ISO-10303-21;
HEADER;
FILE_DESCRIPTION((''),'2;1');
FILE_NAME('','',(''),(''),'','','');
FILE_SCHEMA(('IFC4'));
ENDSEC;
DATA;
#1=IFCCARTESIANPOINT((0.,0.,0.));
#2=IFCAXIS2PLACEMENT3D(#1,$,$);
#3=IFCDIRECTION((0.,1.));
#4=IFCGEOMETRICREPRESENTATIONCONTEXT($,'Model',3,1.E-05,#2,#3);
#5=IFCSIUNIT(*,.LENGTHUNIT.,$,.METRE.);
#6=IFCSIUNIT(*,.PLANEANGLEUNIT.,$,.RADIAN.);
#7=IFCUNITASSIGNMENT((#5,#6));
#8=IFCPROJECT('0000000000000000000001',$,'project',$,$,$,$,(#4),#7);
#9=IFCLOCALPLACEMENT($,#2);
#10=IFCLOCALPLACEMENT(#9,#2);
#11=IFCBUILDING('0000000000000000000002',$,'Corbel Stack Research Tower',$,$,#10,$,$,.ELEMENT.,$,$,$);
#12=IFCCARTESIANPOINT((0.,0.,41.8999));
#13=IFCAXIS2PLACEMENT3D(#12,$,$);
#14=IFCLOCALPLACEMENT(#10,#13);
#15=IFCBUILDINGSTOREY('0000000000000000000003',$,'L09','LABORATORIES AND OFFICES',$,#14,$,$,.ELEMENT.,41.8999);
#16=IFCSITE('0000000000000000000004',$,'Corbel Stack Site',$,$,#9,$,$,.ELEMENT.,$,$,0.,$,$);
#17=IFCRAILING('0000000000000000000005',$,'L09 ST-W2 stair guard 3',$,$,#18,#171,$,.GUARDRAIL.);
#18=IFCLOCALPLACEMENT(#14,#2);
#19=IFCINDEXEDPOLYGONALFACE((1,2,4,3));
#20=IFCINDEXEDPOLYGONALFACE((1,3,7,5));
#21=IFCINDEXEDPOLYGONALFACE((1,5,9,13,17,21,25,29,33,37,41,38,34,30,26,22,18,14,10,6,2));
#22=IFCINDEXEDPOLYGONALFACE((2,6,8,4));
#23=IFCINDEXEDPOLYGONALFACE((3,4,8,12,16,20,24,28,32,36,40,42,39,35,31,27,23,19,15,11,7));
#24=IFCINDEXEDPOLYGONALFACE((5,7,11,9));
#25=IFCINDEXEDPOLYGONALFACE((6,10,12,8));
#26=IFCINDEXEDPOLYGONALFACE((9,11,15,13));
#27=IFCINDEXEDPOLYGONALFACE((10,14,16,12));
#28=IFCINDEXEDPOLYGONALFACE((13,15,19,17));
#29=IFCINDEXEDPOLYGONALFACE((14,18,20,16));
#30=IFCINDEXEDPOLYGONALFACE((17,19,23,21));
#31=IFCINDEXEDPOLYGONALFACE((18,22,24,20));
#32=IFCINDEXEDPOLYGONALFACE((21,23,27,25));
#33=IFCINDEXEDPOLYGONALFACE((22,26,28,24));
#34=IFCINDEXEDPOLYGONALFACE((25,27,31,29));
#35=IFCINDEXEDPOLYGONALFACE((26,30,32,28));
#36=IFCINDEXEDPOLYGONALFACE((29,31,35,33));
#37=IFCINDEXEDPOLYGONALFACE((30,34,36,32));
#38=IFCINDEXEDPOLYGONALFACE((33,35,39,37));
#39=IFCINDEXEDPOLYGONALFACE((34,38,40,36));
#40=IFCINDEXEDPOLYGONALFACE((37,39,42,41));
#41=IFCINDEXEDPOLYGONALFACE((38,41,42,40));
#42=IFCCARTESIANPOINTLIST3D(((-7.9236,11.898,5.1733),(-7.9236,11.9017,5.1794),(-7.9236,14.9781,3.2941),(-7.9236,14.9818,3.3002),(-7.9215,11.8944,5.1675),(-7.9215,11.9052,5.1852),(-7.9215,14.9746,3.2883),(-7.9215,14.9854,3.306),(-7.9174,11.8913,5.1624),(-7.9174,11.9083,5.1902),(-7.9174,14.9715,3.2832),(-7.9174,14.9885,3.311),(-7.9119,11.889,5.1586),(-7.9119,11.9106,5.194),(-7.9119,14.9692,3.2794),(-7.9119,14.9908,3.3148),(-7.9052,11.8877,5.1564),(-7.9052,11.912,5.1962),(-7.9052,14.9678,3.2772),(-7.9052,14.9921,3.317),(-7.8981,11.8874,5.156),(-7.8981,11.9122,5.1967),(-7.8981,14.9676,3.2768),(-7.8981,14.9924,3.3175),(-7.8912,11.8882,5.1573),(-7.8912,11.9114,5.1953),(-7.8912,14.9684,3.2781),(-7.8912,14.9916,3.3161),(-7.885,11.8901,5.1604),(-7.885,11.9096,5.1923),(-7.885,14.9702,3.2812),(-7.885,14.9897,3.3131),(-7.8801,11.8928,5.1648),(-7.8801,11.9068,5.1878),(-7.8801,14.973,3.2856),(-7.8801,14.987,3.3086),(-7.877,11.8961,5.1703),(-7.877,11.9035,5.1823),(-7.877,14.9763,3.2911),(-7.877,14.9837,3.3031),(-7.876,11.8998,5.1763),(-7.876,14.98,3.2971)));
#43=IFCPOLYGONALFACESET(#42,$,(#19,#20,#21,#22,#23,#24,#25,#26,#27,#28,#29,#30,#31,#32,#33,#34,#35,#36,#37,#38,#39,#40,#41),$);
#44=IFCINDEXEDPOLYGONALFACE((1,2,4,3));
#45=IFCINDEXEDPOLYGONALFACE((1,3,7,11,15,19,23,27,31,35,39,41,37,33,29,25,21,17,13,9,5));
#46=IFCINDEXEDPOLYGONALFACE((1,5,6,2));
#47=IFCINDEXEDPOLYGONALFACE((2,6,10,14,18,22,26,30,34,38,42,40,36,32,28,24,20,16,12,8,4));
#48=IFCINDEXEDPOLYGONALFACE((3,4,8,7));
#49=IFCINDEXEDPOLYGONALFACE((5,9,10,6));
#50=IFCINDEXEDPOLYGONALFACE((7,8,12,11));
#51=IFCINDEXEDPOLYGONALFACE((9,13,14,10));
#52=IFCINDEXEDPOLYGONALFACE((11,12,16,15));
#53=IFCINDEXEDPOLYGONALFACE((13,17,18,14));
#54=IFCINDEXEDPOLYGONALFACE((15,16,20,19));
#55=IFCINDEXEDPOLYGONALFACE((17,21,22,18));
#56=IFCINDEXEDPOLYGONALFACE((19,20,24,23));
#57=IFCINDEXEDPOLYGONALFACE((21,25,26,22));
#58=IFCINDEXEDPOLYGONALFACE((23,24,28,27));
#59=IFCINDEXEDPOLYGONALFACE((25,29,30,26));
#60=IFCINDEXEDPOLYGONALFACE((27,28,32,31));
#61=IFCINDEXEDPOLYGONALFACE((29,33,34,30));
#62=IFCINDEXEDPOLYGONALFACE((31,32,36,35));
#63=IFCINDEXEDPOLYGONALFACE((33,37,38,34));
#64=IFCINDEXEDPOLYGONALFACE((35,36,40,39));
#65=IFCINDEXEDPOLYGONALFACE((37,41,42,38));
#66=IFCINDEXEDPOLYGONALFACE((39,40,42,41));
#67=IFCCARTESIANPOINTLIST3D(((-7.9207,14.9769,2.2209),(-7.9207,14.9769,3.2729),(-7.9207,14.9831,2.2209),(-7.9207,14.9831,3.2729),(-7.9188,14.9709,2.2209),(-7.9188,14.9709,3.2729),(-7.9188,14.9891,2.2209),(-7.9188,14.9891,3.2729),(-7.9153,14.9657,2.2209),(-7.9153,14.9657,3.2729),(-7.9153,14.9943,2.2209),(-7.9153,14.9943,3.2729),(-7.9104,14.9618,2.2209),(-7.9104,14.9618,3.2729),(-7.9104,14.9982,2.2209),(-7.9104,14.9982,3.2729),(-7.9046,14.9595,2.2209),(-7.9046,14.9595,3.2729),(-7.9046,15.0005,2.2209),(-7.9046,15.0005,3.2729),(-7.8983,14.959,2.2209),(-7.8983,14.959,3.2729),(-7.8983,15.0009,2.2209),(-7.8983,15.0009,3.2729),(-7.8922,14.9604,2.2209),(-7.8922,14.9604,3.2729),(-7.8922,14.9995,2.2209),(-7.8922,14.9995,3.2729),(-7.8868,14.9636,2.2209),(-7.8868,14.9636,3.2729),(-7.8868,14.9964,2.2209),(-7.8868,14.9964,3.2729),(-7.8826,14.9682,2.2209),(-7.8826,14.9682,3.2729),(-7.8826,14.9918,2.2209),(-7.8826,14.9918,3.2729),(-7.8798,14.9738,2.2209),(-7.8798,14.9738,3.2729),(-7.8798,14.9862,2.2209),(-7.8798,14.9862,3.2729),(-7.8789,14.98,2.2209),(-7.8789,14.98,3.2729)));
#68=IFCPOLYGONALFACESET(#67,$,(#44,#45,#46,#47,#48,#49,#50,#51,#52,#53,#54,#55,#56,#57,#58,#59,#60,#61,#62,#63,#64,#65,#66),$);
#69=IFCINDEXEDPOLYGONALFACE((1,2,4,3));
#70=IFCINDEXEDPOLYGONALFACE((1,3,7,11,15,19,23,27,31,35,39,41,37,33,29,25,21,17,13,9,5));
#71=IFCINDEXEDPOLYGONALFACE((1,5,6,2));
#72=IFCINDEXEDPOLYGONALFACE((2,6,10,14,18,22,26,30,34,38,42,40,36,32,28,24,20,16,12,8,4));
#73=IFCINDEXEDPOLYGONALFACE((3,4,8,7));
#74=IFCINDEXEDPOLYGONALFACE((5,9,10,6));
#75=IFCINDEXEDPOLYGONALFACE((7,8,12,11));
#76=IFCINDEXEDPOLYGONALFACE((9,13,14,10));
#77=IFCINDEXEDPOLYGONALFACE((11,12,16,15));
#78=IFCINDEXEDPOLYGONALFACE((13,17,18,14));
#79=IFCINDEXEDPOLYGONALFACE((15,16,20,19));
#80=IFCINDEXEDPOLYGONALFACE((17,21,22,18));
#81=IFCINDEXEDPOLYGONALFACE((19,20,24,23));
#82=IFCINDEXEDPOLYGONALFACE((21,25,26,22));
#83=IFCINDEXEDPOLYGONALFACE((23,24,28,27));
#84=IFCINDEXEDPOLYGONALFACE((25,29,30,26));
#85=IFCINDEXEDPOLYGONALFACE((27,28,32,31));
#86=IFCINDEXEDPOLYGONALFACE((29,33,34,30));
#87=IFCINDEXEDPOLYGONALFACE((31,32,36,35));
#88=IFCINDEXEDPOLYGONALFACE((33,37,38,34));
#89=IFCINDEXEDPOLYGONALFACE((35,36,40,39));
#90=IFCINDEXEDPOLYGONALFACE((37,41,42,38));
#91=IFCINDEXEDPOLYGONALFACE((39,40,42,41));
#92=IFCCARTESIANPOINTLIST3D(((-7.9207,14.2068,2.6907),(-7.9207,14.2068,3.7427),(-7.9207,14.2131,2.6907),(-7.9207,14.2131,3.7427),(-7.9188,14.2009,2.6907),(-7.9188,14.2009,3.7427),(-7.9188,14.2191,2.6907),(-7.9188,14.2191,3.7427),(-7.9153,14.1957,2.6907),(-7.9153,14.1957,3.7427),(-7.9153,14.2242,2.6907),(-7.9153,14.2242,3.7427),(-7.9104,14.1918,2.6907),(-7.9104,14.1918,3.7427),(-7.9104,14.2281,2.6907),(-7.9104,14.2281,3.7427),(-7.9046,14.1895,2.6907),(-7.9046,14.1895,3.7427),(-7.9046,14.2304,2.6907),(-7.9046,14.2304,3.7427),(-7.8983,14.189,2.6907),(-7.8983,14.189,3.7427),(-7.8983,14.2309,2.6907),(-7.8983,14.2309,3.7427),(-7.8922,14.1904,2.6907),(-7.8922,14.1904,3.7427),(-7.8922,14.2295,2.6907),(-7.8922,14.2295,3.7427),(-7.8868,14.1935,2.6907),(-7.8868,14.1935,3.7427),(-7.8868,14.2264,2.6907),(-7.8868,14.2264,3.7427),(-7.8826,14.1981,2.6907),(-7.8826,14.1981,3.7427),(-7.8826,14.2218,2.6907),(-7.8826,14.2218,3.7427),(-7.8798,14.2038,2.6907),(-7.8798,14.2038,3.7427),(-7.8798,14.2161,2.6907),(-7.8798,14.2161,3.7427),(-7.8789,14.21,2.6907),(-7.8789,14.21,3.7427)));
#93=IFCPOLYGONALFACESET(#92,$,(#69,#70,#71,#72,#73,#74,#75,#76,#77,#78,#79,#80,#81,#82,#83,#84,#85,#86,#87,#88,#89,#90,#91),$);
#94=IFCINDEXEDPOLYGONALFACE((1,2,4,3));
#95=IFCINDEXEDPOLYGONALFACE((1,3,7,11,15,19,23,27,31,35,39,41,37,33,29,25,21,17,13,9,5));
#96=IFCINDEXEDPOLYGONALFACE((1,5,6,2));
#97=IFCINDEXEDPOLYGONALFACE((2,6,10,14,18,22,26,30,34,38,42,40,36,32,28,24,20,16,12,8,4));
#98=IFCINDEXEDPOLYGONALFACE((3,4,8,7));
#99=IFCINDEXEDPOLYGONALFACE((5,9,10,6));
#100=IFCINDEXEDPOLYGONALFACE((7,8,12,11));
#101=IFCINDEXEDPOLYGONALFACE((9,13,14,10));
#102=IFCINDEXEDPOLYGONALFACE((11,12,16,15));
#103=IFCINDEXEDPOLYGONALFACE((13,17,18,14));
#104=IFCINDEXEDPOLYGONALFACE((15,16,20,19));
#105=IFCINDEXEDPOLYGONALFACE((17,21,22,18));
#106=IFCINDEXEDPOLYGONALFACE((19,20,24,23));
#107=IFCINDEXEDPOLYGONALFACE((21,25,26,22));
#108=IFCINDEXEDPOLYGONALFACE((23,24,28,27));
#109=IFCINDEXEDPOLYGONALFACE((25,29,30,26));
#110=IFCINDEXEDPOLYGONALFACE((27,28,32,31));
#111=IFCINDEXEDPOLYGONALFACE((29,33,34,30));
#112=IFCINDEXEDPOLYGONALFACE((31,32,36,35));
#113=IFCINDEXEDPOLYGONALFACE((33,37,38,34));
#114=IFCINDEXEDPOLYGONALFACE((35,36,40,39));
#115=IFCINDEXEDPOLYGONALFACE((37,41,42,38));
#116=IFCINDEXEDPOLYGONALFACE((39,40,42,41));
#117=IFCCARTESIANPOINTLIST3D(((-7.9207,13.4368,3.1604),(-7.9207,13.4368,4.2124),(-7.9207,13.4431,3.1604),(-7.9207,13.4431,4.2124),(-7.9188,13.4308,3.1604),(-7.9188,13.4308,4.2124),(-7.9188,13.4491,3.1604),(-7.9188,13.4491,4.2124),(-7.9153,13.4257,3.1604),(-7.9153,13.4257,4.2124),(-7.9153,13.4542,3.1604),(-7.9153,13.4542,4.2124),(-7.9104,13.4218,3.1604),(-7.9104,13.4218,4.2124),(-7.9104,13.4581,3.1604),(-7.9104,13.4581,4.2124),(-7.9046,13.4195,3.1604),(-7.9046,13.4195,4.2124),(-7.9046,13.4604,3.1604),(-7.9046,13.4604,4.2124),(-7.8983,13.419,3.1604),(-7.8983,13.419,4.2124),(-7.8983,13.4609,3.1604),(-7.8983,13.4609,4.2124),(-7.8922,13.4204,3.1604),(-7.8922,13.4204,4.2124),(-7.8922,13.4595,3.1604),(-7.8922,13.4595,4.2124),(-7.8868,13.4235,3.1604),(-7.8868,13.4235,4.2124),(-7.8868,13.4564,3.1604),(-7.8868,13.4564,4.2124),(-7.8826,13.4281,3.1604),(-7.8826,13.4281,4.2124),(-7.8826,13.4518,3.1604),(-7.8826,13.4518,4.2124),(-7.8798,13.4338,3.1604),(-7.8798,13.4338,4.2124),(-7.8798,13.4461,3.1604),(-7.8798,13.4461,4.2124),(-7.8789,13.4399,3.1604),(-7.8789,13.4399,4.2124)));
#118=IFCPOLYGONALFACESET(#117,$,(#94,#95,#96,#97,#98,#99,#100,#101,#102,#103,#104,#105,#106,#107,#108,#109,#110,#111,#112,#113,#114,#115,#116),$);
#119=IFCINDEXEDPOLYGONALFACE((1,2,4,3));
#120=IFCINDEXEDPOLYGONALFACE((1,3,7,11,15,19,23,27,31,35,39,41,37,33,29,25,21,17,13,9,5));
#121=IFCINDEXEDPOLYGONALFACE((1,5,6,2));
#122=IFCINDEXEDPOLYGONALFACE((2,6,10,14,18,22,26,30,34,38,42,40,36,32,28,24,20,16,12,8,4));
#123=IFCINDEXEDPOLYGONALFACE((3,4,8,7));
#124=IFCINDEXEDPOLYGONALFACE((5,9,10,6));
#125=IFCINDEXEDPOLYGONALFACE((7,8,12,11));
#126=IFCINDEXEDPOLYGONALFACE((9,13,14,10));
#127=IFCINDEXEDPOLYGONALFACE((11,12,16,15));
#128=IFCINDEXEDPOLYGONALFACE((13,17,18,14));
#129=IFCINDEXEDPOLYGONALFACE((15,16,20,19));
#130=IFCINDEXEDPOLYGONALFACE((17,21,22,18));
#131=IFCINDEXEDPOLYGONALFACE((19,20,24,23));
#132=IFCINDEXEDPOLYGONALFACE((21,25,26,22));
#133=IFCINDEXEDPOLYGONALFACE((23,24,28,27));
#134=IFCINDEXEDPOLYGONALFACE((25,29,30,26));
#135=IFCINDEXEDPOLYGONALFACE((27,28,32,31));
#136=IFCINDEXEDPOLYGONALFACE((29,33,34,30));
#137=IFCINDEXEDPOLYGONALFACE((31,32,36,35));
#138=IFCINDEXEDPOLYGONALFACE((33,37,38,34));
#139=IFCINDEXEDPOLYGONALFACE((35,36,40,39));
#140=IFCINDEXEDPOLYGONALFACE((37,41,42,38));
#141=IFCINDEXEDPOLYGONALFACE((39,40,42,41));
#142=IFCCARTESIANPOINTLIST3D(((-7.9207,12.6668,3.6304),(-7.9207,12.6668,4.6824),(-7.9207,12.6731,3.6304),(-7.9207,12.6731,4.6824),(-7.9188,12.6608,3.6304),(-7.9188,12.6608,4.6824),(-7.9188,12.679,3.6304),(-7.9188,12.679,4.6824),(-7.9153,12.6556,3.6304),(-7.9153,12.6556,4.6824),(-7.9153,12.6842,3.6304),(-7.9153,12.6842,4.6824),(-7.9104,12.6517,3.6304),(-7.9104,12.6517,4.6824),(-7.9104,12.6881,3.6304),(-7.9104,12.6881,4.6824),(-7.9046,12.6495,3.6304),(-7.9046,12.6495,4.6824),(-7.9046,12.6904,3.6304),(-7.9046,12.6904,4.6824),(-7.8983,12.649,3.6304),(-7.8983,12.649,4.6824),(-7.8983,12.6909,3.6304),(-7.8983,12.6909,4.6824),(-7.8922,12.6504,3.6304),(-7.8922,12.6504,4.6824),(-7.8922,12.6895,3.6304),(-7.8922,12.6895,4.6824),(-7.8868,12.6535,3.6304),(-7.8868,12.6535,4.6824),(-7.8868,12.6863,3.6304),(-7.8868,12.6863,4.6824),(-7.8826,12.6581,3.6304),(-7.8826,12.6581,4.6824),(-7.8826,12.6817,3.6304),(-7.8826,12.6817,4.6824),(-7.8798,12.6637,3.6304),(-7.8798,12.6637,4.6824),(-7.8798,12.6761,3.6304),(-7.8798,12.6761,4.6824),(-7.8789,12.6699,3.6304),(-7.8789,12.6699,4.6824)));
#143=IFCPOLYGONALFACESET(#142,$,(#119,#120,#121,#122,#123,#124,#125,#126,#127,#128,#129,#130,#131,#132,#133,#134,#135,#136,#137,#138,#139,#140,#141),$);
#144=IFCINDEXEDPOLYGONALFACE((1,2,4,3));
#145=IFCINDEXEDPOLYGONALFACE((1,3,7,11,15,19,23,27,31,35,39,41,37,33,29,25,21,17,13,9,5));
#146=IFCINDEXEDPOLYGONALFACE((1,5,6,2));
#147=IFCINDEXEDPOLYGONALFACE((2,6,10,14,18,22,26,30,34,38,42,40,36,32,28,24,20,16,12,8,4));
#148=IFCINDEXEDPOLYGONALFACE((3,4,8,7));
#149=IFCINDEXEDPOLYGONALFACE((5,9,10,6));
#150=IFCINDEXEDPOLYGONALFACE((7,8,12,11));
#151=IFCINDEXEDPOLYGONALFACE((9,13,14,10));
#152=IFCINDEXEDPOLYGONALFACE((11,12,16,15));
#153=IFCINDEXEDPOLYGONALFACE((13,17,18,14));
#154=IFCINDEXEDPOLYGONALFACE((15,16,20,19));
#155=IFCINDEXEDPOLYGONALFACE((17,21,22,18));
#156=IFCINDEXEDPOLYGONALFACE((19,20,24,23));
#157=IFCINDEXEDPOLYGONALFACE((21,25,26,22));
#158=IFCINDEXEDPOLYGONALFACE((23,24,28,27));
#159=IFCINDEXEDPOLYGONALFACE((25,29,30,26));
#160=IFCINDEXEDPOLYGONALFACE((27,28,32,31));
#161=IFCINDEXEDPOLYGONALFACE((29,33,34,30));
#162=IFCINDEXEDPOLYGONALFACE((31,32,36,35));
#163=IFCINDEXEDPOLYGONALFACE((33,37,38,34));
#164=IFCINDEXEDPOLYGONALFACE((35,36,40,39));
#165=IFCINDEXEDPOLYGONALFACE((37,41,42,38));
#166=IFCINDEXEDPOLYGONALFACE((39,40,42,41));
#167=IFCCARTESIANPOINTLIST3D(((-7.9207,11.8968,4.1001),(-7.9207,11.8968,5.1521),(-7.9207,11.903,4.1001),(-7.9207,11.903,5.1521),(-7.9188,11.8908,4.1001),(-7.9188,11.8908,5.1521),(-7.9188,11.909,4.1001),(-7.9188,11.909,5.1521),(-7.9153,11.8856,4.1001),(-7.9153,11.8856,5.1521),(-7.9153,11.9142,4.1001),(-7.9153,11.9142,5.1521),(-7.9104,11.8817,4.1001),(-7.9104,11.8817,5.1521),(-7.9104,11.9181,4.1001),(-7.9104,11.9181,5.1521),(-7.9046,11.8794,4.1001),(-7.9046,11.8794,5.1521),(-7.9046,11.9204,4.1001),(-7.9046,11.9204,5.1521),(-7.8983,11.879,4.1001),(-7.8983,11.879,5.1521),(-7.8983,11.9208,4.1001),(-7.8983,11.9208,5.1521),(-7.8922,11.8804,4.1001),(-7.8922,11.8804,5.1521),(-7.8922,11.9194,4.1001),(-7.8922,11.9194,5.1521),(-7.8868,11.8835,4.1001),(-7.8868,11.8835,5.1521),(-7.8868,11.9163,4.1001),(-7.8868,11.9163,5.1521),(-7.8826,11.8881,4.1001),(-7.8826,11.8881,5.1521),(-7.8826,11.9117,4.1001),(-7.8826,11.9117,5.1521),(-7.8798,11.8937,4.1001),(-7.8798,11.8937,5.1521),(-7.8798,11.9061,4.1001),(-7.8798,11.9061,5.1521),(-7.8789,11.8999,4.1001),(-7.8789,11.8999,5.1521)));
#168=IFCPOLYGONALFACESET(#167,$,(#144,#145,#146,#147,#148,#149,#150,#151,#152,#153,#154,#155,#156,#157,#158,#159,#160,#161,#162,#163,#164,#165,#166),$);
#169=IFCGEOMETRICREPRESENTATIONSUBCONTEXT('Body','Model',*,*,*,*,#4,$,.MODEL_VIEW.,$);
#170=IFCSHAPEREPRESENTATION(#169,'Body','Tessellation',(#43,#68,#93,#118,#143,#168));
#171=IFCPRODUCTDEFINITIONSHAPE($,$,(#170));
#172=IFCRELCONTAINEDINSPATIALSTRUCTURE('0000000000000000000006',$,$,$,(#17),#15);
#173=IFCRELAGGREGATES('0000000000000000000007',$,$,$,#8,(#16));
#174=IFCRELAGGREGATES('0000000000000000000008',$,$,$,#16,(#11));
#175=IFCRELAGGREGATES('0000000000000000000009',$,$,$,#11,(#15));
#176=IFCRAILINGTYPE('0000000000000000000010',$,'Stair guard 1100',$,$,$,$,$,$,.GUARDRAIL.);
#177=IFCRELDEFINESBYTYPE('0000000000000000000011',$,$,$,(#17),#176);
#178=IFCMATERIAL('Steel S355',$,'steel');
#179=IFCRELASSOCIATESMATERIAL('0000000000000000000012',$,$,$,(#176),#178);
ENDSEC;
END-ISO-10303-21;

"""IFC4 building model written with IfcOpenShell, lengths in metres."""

from ifc_helpers import new_model, si_unit, direction, frame, origin, origin_2d, place, context, subcontext, project, spatial, circle, extrude, material, type_object, element, save


model = new_model("IFC4")

# Units and contexts
model_context = context("Model", 3, precision=1e-05, world=origin(), true_north=direction((0.0, 1.0)))
body_context = subcontext(model_context, "Body", "Model", "MODEL_VIEW")
ifc_project = project(units=[si_unit("LENGTHUNIT", "METRE"), si_unit("PLANEANGLEUNIT", "RADIAN")], contexts=[model_context])

# Site, building, storey
site_placement = place(None, origin())
site = spatial("IfcSite", under=ifc_project, at=site_placement, Name="Corbel Stack Site", CompositionType="ELEMENT", RefElevation=0.0)
building_placement = place(site_placement, origin())
building = spatial("IfcBuilding", under=site, at=building_placement, Name="Corbel Stack Research Tower", CompositionType="ELEMENT")
storey_placement = place(building_placement, frame((0.0, 0.0, 41.8999)))
storey = spatial("IfcBuildingStorey", under=building, at=storey_placement, Name="L09", Description="LABORATORIES AND OFFICES", CompositionType="ELEMENT", Elevation=41.8999)

# Railing
ifc_material_1 = material(Name="Steel S355", Category="steel")
railing_type_1 = type_object("IfcRailingType", Name="Stair guard 1100", PredefinedType="GUARDRAIL", material=ifc_material_1)
railing_1_placement = place(storey_placement, frame((-7.8999, 14.98, 2.2209)))
element("IfcRailing", 1, at=railing_1_placement, inside=storey, type_object=railing_type_1, Name="L09 ST-W2 stair guard 3", PredefinedType="GUARDRAIL", context=body_context, shape_type="SweptSolid", body=[
    extrude(circle(Radius=0.0239, at=origin_2d()), frame((0.0, 0.0, 1.0762), z_axis=(0.0, -0.853666, 0.52082), x_axis=(1.0, 0.0, 0.0)), (0.0, 0.0, 1.0), 3.6082),
    extrude(circle(Radius=0.021, at=origin_2d()), origin(), (0.0, 0.0, 1.0), 1.052),
    extrude(circle(Radius=0.021, at=origin_2d()), frame((0.0, -0.77, 0.4697)), (0.0, 0.0, 1.0), 1.052),
    extrude(circle(Radius=0.021, at=origin_2d()), frame((0.0, -1.54, 0.9395)), (0.0, 0.0, 1.0), 1.052),
    extrude(circle(Radius=0.021, at=origin_2d()), frame((0.0, -2.3101, 1.4094)), (0.0, 0.0, 1.0), 1.052),
    extrude(circle(Radius=0.021, at=origin_2d()), frame((0.0, -3.0801, 1.8792)), (0.0, 0.0, 1.0), 1.052),
])

save(model, "model.ifc")
